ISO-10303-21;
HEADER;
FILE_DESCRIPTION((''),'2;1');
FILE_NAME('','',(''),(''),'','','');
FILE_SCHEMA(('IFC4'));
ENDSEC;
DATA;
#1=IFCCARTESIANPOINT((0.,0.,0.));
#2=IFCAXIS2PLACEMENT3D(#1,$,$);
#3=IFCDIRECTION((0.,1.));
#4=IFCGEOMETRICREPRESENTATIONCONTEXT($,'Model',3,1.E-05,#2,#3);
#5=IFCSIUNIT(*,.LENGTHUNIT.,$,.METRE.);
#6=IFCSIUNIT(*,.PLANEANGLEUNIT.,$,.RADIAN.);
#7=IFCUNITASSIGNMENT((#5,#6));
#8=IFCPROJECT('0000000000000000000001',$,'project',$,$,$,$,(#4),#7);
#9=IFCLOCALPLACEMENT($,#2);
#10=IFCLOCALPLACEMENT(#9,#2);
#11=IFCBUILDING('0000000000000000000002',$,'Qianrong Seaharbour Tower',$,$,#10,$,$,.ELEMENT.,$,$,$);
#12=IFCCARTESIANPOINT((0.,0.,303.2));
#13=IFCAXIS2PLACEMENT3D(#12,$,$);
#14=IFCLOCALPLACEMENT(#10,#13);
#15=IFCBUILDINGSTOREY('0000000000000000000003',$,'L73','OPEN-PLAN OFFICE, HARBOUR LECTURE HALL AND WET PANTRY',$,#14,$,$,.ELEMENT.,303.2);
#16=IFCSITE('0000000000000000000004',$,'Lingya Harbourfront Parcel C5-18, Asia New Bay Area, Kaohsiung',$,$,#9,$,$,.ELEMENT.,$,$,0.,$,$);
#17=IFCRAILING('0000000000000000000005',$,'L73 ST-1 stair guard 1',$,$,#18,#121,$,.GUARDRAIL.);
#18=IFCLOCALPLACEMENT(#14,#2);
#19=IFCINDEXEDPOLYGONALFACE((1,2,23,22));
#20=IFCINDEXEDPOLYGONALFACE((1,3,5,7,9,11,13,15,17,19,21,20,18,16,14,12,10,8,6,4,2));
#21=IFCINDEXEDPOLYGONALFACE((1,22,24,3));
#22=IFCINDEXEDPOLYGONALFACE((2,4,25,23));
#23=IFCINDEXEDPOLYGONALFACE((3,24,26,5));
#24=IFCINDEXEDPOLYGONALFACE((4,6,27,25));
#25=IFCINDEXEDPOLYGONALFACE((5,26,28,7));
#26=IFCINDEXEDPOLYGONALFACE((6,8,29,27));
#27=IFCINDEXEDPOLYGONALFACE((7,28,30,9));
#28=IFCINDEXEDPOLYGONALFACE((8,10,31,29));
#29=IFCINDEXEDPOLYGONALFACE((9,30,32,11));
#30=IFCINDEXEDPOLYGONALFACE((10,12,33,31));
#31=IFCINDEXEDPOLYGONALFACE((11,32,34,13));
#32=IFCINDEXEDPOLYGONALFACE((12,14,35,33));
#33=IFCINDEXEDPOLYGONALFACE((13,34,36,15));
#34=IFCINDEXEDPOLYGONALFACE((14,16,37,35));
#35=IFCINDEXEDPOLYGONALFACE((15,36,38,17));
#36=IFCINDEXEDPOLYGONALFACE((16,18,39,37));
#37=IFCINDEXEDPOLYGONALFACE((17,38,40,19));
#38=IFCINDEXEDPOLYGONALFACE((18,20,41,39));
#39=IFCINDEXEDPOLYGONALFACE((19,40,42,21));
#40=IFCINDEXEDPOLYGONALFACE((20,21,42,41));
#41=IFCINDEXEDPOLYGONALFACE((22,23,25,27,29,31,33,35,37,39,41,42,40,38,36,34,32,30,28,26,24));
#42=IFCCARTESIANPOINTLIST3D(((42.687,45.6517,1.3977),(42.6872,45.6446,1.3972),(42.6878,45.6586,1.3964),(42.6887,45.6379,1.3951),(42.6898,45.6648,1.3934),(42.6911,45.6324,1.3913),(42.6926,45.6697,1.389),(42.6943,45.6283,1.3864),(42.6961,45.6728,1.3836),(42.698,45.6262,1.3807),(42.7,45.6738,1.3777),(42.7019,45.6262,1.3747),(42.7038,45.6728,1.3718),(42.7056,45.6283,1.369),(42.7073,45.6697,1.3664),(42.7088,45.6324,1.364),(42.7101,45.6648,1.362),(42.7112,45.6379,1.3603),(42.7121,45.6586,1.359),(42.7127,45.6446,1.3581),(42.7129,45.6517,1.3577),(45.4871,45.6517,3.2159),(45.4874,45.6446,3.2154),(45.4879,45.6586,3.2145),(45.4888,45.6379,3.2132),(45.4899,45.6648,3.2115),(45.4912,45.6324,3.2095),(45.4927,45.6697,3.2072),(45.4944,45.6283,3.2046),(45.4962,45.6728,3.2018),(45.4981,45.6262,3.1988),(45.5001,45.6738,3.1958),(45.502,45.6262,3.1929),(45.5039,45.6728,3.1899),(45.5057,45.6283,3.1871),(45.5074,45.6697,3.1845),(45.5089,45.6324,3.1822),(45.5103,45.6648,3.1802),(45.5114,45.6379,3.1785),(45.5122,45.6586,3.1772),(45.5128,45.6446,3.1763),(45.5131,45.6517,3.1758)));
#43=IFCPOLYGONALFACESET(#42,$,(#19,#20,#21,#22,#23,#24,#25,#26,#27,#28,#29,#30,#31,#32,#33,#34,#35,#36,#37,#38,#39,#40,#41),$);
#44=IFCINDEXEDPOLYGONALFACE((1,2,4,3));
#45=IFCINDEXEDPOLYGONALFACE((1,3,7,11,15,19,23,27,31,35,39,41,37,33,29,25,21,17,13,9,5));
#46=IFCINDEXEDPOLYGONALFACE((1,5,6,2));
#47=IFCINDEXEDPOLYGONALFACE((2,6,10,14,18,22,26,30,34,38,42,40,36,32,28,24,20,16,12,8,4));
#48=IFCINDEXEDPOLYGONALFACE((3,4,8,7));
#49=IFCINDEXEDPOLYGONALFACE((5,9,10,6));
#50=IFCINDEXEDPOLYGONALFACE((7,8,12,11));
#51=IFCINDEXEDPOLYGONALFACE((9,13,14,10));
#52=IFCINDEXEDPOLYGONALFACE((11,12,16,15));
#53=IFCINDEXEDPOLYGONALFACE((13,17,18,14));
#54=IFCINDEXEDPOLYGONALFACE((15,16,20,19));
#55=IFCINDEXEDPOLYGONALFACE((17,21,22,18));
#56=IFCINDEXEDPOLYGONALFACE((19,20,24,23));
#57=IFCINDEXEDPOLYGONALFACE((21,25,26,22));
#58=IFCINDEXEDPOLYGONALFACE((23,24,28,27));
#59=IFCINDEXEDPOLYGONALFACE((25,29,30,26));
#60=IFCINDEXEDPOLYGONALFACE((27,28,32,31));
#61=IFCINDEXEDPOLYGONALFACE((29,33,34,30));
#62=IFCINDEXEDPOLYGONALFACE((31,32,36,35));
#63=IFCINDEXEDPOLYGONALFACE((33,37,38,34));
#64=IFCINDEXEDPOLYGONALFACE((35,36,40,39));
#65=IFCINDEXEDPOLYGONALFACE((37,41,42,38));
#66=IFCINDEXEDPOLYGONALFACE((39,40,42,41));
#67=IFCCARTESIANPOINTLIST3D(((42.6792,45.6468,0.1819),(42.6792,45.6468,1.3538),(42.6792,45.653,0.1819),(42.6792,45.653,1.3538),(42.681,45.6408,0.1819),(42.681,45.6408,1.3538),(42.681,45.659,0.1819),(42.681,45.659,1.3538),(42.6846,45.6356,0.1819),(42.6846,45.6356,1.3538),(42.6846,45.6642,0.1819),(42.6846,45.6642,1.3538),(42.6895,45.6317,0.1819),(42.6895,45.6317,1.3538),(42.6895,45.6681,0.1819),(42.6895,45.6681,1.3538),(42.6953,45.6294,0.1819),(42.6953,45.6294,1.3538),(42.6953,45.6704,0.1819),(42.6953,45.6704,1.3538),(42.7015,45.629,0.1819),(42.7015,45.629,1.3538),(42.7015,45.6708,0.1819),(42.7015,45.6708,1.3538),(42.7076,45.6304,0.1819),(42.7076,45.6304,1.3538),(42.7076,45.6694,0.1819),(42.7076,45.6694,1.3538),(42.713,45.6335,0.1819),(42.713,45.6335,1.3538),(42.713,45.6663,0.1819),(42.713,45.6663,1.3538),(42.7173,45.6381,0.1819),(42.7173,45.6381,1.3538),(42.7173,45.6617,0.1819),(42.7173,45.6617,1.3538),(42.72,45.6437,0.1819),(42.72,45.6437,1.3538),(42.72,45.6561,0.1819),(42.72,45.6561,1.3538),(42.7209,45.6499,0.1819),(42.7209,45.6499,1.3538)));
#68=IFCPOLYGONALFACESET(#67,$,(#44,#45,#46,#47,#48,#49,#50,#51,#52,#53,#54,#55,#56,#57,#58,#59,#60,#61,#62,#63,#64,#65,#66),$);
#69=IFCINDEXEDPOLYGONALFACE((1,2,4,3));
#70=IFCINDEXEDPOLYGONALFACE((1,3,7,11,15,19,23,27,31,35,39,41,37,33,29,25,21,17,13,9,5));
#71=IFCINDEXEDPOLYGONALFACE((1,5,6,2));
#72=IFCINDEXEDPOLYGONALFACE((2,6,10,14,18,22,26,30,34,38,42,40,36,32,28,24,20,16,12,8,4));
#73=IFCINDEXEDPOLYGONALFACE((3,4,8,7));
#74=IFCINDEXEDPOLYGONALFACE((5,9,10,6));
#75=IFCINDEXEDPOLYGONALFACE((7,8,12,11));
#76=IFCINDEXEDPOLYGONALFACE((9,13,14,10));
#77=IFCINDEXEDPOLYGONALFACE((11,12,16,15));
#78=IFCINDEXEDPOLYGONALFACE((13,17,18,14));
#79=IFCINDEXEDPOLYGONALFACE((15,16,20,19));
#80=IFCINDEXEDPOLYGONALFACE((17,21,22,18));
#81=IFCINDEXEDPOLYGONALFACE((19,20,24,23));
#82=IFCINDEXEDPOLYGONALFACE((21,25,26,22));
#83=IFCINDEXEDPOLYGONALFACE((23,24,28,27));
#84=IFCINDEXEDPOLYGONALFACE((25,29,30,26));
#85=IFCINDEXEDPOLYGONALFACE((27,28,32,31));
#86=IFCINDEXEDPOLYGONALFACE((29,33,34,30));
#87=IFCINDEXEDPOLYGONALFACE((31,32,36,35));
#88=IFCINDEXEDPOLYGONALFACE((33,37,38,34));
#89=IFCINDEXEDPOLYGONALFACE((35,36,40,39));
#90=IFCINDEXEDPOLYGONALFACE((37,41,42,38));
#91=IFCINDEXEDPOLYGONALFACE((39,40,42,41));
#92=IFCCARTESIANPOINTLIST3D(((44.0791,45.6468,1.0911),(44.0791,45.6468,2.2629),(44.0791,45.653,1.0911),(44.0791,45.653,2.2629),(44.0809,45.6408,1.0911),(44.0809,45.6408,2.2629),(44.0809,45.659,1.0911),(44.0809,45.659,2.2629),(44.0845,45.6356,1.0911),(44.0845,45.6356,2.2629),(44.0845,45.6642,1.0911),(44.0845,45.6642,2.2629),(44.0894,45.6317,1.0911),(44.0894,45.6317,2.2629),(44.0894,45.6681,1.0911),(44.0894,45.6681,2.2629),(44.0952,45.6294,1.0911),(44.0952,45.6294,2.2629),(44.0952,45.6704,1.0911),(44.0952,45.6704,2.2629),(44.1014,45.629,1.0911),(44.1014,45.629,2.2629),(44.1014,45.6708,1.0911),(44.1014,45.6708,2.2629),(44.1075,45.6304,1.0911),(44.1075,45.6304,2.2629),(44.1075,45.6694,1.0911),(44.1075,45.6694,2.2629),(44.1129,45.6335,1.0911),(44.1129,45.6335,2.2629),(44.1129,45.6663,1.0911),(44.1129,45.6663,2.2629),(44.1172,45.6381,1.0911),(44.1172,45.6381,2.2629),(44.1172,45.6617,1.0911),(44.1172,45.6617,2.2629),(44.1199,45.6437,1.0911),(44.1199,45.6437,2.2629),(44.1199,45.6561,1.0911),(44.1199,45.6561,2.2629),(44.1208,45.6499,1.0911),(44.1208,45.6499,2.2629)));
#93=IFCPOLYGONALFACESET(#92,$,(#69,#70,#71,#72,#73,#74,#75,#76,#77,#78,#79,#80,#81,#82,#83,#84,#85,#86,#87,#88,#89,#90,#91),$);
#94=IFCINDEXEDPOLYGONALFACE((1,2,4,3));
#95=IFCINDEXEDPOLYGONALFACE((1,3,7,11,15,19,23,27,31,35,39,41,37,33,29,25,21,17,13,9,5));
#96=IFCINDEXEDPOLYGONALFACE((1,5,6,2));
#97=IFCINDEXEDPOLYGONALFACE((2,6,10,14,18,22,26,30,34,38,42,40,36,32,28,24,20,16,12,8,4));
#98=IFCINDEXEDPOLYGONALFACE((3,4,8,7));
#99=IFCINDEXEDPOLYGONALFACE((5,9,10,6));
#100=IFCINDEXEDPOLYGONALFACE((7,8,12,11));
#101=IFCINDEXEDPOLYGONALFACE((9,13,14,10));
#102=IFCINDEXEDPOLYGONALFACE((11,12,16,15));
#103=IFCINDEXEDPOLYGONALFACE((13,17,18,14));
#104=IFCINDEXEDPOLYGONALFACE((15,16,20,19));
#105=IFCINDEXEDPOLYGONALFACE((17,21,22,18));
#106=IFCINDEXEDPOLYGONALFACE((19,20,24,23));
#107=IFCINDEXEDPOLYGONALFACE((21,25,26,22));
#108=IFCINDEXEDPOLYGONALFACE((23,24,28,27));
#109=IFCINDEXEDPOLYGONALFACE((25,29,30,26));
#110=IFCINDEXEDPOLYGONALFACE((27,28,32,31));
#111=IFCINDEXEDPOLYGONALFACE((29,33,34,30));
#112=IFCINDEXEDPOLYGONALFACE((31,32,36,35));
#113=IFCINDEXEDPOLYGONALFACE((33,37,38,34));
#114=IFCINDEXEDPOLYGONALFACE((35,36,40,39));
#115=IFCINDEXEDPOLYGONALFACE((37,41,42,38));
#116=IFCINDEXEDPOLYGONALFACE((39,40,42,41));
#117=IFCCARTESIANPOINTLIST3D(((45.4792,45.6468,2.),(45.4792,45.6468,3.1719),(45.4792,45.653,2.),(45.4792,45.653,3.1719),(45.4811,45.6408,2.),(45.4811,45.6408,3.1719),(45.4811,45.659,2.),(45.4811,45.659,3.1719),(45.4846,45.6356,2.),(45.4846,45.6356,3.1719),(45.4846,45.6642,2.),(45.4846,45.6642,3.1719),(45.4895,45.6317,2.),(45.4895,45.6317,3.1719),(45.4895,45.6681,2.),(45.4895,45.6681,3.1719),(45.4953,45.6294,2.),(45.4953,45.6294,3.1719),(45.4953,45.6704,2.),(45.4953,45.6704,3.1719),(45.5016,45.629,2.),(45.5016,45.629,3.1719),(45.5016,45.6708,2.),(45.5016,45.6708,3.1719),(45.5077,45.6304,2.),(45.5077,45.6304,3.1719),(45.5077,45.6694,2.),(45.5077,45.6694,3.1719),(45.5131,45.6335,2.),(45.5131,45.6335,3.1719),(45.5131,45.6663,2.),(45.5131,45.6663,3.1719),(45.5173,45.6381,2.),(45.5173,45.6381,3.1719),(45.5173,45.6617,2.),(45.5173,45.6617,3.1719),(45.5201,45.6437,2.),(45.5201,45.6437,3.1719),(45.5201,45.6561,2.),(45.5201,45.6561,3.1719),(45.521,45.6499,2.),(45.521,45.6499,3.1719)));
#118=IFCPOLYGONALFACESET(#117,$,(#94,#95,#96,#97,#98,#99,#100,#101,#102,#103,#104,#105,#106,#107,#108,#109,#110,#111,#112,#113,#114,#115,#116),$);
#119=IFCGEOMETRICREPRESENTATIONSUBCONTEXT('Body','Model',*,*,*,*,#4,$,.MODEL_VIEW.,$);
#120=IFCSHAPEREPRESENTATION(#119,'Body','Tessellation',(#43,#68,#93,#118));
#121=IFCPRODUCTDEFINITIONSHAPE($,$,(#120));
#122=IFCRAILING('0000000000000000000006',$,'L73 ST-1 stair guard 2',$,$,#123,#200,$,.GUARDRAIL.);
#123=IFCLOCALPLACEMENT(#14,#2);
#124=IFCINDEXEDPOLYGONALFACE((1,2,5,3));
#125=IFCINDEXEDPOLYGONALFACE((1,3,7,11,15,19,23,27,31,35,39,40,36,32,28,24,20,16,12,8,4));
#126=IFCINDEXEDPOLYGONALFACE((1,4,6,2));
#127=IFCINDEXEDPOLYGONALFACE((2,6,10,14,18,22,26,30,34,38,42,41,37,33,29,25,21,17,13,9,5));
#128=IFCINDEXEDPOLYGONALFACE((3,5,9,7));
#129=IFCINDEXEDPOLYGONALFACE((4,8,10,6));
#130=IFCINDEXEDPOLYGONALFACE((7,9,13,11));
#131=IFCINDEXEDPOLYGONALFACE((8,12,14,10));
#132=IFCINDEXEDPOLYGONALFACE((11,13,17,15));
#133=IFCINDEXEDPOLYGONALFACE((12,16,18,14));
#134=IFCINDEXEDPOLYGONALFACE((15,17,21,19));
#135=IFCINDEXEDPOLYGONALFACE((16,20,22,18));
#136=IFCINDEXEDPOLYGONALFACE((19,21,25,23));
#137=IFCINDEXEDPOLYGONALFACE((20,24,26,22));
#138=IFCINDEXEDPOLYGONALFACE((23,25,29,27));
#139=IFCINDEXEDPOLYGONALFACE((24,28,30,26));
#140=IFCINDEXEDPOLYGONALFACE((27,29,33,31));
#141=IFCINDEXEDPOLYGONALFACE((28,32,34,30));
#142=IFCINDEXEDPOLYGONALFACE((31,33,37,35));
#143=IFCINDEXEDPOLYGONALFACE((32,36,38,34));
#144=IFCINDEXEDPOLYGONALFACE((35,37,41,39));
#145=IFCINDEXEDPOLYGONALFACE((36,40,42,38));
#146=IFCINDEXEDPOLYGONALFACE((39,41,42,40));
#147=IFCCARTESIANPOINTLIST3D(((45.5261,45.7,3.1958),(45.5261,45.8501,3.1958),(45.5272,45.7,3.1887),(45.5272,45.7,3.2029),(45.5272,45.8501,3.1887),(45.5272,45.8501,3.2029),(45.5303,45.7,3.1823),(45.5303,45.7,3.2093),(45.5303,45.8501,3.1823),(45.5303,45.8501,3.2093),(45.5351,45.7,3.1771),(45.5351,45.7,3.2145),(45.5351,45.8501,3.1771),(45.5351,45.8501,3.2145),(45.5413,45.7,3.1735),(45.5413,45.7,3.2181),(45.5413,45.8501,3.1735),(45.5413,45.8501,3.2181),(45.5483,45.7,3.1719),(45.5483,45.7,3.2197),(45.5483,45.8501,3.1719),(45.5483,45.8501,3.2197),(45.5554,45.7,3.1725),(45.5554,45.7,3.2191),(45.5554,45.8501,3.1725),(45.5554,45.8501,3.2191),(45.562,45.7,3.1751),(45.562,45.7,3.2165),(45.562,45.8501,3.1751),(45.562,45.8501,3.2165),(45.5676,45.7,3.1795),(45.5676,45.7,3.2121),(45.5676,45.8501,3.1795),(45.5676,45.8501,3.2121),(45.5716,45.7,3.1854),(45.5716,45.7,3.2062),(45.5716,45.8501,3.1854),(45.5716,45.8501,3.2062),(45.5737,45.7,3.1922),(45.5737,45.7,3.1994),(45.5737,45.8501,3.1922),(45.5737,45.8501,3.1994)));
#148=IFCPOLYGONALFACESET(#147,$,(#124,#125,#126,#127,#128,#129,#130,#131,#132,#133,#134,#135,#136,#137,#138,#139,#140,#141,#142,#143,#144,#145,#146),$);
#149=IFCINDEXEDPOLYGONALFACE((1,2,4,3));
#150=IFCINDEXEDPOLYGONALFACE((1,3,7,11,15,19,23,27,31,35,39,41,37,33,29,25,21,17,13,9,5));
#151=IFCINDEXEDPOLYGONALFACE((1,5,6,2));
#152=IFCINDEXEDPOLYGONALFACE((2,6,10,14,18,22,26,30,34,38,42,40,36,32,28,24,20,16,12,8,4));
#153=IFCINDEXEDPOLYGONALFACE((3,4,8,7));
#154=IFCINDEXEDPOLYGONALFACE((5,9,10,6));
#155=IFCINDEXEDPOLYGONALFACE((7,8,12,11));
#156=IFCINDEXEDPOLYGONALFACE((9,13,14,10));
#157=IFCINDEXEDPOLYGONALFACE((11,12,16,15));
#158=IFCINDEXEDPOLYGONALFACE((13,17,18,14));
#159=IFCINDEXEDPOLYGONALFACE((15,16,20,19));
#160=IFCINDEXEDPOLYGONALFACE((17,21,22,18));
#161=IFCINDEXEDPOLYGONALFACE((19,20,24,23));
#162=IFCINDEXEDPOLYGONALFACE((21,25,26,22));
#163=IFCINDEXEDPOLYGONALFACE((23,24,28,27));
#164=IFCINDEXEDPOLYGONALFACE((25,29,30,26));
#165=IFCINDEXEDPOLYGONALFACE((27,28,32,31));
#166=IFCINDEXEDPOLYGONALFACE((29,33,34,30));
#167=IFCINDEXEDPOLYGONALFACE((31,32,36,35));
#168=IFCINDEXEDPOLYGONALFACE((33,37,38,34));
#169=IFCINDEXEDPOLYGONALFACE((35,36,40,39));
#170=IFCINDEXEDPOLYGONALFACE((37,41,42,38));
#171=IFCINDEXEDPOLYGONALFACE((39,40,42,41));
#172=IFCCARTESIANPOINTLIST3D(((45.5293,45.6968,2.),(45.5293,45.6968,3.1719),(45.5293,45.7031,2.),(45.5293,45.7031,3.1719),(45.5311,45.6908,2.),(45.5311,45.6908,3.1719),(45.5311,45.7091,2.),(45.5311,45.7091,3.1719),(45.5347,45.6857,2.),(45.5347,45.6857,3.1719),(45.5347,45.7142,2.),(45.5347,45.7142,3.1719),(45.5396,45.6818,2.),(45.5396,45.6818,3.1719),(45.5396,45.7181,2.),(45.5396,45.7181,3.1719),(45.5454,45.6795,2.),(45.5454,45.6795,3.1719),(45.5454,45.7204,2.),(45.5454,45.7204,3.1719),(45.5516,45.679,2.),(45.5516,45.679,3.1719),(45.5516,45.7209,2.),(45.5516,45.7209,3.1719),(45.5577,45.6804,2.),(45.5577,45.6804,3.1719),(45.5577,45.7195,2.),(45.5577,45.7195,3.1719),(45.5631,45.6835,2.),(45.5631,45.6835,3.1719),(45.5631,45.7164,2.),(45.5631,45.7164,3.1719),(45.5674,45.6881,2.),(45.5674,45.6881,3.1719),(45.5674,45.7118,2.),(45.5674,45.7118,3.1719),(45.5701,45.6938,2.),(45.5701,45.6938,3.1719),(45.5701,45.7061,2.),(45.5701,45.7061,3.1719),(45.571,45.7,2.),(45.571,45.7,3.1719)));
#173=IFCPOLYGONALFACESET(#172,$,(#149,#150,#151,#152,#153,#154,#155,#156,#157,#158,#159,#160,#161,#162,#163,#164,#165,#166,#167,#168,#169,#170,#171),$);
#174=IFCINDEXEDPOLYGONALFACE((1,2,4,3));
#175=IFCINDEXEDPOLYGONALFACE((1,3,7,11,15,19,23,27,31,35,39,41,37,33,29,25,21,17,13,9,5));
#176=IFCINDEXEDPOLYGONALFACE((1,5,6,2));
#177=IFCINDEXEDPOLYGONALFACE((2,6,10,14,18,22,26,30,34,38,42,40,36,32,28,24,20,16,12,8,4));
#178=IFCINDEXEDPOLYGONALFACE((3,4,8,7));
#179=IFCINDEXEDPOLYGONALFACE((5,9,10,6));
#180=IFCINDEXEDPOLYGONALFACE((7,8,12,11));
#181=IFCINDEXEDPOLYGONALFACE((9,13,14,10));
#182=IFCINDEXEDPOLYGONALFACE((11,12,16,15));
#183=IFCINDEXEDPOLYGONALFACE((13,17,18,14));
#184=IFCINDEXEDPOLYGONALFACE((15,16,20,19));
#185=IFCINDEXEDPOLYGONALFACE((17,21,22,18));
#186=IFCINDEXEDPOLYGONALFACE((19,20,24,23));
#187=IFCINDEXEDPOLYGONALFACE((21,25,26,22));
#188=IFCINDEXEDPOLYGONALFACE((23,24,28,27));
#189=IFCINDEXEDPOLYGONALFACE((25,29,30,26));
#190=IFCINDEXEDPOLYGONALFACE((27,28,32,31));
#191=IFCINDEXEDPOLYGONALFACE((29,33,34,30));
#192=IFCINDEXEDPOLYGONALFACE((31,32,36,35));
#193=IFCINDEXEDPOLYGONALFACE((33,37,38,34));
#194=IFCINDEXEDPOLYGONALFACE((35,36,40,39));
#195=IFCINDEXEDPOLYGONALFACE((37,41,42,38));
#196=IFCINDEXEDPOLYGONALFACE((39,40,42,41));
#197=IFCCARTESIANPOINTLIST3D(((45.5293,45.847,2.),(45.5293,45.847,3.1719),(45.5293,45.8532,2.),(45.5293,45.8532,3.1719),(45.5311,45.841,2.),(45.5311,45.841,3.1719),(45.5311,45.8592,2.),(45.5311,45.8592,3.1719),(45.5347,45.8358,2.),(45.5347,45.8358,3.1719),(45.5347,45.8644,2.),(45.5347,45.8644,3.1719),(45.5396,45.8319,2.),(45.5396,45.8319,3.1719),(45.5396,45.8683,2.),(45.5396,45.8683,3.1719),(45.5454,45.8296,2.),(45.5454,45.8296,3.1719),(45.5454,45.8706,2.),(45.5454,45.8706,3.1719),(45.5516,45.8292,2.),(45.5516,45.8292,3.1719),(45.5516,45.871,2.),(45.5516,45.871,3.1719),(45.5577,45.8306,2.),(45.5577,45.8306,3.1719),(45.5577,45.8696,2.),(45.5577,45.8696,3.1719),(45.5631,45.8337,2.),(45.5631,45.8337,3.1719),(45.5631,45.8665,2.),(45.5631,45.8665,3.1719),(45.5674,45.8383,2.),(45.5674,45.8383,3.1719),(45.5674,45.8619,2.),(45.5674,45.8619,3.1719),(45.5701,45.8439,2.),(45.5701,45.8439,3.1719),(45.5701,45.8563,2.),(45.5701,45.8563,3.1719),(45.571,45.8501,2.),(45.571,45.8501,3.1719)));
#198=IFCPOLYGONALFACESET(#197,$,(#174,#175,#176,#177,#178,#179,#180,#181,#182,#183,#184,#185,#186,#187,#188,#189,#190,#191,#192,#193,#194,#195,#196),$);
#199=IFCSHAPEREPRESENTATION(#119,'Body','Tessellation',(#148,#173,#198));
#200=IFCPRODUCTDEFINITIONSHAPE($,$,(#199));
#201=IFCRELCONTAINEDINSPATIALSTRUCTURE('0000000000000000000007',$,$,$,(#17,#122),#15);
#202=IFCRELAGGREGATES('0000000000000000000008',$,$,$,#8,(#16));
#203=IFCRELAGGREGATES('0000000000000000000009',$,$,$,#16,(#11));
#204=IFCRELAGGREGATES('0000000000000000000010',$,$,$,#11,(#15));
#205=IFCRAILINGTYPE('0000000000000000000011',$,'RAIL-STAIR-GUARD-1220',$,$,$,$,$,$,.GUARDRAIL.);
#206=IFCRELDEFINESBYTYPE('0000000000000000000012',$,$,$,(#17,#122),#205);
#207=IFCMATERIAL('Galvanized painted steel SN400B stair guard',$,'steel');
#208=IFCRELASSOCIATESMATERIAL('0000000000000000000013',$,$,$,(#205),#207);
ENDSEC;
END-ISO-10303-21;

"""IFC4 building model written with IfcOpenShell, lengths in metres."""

from ifc_helpers import new_model, si_unit, direction, frame, origin, origin_2d, place, context, subcontext, project, spatial, circle, extrude, material, type_object, element, save


model = new_model("IFC4")

# Units and contexts
model_context = context("Model", 3, precision=1e-05, world=origin(), true_north=direction((0.0, 1.0)))
body_context = subcontext(model_context, "Body", "Model", "MODEL_VIEW")
ifc_project = project(units=[si_unit("LENGTHUNIT", "METRE"), si_unit("PLANEANGLEUNIT", "RADIAN")], contexts=[model_context])

# Site, building, storey
site_placement = place(None, origin())
site = spatial("IfcSite", under=ifc_project, at=site_placement, Name="Lingya Harbourfront Parcel C5-18, Asia New Bay Area, Kaohsiung", CompositionType="ELEMENT", RefElevation=0.0)
building_placement = place(site_placement, origin())
building = spatial("IfcBuilding", under=site, at=building_placement, Name="Qianrong Seaharbour Tower", CompositionType="ELEMENT")
storey_placement = place(building_placement, frame((0.0, 0.0, 303.2)))
storey = spatial("IfcBuildingStorey", under=building, at=storey_placement, Name="L73", Description="OPEN-PLAN OFFICE, HARBOUR LECTURE HALL AND WET PANTRY", CompositionType="ELEMENT", Elevation=303.2)

# Railings
ifc_material_1 = material(Name="Galvanized painted steel SN400B stair guard", Category="steel")
railing_type_1 = type_object("IfcRailingType", Name="RAIL-STAIR-GUARD-1220", PredefinedType="GUARDRAIL", material=ifc_material_1)
railing_1_placement = place(storey_placement, frame((42.7, 45.6499, 0.1819)))
element("IfcRailing", 1, at=railing_1_placement, inside=storey, type_object=railing_type_1, Name="L73 ST-1 stair guard 1", PredefinedType="GUARDRAIL", context=body_context, shape_type="SweptSolid", body=[
    extrude(circle(Radius=0.0239, at=origin_2d()), frame((0.0, 0.0, 1.1958), z_axis=(0.838706, 0.0, 0.544585), x_axis=(0.0, 1.0, 0.0)), (0.0, 0.0, 1.0), 3.3386),
    extrude(circle(Radius=0.021, at=origin_2d()), origin(), (0.0, 0.0, 1.0), 1.1719),
    extrude(circle(Radius=0.021, at=origin_2d()), frame((1.3999, 0.0, 0.9092)), (0.0, 0.0, 1.0), 1.1719),
    extrude(circle(Radius=0.021, at=origin_2d()), frame((2.8, 0.0, 1.8181)), (0.0, 0.0, 1.0), 1.1719),
])
railing_2_placement = place(storey_placement, frame((45.55, 45.7, 2.0)))
element("IfcRailing", 2, at=railing_2_placement, inside=storey, type_object=railing_type_1, Name="L73 ST-1 stair guard 2", PredefinedType="GUARDRAIL", context=body_context, shape_type="SweptSolid", body=[
    extrude(circle(Radius=0.0239, at=origin_2d()), frame((0.0, 0.0, 1.1958), z_axis=(0.0, 1.0, 0.0), x_axis=(-1.0, 0.0, 0.0)), (0.0, 0.0, 1.0), 0.1501),
    extrude(circle(Radius=0.021, at=origin_2d()), origin(), (0.0, 0.0, 1.0), 1.1719),
    extrude(circle(Radius=0.021, at=origin_2d()), frame((0.0, 0.1501, 0.0)), (0.0, 0.0, 1.0), 1.1719),
])

save(model, "model.ifc")
